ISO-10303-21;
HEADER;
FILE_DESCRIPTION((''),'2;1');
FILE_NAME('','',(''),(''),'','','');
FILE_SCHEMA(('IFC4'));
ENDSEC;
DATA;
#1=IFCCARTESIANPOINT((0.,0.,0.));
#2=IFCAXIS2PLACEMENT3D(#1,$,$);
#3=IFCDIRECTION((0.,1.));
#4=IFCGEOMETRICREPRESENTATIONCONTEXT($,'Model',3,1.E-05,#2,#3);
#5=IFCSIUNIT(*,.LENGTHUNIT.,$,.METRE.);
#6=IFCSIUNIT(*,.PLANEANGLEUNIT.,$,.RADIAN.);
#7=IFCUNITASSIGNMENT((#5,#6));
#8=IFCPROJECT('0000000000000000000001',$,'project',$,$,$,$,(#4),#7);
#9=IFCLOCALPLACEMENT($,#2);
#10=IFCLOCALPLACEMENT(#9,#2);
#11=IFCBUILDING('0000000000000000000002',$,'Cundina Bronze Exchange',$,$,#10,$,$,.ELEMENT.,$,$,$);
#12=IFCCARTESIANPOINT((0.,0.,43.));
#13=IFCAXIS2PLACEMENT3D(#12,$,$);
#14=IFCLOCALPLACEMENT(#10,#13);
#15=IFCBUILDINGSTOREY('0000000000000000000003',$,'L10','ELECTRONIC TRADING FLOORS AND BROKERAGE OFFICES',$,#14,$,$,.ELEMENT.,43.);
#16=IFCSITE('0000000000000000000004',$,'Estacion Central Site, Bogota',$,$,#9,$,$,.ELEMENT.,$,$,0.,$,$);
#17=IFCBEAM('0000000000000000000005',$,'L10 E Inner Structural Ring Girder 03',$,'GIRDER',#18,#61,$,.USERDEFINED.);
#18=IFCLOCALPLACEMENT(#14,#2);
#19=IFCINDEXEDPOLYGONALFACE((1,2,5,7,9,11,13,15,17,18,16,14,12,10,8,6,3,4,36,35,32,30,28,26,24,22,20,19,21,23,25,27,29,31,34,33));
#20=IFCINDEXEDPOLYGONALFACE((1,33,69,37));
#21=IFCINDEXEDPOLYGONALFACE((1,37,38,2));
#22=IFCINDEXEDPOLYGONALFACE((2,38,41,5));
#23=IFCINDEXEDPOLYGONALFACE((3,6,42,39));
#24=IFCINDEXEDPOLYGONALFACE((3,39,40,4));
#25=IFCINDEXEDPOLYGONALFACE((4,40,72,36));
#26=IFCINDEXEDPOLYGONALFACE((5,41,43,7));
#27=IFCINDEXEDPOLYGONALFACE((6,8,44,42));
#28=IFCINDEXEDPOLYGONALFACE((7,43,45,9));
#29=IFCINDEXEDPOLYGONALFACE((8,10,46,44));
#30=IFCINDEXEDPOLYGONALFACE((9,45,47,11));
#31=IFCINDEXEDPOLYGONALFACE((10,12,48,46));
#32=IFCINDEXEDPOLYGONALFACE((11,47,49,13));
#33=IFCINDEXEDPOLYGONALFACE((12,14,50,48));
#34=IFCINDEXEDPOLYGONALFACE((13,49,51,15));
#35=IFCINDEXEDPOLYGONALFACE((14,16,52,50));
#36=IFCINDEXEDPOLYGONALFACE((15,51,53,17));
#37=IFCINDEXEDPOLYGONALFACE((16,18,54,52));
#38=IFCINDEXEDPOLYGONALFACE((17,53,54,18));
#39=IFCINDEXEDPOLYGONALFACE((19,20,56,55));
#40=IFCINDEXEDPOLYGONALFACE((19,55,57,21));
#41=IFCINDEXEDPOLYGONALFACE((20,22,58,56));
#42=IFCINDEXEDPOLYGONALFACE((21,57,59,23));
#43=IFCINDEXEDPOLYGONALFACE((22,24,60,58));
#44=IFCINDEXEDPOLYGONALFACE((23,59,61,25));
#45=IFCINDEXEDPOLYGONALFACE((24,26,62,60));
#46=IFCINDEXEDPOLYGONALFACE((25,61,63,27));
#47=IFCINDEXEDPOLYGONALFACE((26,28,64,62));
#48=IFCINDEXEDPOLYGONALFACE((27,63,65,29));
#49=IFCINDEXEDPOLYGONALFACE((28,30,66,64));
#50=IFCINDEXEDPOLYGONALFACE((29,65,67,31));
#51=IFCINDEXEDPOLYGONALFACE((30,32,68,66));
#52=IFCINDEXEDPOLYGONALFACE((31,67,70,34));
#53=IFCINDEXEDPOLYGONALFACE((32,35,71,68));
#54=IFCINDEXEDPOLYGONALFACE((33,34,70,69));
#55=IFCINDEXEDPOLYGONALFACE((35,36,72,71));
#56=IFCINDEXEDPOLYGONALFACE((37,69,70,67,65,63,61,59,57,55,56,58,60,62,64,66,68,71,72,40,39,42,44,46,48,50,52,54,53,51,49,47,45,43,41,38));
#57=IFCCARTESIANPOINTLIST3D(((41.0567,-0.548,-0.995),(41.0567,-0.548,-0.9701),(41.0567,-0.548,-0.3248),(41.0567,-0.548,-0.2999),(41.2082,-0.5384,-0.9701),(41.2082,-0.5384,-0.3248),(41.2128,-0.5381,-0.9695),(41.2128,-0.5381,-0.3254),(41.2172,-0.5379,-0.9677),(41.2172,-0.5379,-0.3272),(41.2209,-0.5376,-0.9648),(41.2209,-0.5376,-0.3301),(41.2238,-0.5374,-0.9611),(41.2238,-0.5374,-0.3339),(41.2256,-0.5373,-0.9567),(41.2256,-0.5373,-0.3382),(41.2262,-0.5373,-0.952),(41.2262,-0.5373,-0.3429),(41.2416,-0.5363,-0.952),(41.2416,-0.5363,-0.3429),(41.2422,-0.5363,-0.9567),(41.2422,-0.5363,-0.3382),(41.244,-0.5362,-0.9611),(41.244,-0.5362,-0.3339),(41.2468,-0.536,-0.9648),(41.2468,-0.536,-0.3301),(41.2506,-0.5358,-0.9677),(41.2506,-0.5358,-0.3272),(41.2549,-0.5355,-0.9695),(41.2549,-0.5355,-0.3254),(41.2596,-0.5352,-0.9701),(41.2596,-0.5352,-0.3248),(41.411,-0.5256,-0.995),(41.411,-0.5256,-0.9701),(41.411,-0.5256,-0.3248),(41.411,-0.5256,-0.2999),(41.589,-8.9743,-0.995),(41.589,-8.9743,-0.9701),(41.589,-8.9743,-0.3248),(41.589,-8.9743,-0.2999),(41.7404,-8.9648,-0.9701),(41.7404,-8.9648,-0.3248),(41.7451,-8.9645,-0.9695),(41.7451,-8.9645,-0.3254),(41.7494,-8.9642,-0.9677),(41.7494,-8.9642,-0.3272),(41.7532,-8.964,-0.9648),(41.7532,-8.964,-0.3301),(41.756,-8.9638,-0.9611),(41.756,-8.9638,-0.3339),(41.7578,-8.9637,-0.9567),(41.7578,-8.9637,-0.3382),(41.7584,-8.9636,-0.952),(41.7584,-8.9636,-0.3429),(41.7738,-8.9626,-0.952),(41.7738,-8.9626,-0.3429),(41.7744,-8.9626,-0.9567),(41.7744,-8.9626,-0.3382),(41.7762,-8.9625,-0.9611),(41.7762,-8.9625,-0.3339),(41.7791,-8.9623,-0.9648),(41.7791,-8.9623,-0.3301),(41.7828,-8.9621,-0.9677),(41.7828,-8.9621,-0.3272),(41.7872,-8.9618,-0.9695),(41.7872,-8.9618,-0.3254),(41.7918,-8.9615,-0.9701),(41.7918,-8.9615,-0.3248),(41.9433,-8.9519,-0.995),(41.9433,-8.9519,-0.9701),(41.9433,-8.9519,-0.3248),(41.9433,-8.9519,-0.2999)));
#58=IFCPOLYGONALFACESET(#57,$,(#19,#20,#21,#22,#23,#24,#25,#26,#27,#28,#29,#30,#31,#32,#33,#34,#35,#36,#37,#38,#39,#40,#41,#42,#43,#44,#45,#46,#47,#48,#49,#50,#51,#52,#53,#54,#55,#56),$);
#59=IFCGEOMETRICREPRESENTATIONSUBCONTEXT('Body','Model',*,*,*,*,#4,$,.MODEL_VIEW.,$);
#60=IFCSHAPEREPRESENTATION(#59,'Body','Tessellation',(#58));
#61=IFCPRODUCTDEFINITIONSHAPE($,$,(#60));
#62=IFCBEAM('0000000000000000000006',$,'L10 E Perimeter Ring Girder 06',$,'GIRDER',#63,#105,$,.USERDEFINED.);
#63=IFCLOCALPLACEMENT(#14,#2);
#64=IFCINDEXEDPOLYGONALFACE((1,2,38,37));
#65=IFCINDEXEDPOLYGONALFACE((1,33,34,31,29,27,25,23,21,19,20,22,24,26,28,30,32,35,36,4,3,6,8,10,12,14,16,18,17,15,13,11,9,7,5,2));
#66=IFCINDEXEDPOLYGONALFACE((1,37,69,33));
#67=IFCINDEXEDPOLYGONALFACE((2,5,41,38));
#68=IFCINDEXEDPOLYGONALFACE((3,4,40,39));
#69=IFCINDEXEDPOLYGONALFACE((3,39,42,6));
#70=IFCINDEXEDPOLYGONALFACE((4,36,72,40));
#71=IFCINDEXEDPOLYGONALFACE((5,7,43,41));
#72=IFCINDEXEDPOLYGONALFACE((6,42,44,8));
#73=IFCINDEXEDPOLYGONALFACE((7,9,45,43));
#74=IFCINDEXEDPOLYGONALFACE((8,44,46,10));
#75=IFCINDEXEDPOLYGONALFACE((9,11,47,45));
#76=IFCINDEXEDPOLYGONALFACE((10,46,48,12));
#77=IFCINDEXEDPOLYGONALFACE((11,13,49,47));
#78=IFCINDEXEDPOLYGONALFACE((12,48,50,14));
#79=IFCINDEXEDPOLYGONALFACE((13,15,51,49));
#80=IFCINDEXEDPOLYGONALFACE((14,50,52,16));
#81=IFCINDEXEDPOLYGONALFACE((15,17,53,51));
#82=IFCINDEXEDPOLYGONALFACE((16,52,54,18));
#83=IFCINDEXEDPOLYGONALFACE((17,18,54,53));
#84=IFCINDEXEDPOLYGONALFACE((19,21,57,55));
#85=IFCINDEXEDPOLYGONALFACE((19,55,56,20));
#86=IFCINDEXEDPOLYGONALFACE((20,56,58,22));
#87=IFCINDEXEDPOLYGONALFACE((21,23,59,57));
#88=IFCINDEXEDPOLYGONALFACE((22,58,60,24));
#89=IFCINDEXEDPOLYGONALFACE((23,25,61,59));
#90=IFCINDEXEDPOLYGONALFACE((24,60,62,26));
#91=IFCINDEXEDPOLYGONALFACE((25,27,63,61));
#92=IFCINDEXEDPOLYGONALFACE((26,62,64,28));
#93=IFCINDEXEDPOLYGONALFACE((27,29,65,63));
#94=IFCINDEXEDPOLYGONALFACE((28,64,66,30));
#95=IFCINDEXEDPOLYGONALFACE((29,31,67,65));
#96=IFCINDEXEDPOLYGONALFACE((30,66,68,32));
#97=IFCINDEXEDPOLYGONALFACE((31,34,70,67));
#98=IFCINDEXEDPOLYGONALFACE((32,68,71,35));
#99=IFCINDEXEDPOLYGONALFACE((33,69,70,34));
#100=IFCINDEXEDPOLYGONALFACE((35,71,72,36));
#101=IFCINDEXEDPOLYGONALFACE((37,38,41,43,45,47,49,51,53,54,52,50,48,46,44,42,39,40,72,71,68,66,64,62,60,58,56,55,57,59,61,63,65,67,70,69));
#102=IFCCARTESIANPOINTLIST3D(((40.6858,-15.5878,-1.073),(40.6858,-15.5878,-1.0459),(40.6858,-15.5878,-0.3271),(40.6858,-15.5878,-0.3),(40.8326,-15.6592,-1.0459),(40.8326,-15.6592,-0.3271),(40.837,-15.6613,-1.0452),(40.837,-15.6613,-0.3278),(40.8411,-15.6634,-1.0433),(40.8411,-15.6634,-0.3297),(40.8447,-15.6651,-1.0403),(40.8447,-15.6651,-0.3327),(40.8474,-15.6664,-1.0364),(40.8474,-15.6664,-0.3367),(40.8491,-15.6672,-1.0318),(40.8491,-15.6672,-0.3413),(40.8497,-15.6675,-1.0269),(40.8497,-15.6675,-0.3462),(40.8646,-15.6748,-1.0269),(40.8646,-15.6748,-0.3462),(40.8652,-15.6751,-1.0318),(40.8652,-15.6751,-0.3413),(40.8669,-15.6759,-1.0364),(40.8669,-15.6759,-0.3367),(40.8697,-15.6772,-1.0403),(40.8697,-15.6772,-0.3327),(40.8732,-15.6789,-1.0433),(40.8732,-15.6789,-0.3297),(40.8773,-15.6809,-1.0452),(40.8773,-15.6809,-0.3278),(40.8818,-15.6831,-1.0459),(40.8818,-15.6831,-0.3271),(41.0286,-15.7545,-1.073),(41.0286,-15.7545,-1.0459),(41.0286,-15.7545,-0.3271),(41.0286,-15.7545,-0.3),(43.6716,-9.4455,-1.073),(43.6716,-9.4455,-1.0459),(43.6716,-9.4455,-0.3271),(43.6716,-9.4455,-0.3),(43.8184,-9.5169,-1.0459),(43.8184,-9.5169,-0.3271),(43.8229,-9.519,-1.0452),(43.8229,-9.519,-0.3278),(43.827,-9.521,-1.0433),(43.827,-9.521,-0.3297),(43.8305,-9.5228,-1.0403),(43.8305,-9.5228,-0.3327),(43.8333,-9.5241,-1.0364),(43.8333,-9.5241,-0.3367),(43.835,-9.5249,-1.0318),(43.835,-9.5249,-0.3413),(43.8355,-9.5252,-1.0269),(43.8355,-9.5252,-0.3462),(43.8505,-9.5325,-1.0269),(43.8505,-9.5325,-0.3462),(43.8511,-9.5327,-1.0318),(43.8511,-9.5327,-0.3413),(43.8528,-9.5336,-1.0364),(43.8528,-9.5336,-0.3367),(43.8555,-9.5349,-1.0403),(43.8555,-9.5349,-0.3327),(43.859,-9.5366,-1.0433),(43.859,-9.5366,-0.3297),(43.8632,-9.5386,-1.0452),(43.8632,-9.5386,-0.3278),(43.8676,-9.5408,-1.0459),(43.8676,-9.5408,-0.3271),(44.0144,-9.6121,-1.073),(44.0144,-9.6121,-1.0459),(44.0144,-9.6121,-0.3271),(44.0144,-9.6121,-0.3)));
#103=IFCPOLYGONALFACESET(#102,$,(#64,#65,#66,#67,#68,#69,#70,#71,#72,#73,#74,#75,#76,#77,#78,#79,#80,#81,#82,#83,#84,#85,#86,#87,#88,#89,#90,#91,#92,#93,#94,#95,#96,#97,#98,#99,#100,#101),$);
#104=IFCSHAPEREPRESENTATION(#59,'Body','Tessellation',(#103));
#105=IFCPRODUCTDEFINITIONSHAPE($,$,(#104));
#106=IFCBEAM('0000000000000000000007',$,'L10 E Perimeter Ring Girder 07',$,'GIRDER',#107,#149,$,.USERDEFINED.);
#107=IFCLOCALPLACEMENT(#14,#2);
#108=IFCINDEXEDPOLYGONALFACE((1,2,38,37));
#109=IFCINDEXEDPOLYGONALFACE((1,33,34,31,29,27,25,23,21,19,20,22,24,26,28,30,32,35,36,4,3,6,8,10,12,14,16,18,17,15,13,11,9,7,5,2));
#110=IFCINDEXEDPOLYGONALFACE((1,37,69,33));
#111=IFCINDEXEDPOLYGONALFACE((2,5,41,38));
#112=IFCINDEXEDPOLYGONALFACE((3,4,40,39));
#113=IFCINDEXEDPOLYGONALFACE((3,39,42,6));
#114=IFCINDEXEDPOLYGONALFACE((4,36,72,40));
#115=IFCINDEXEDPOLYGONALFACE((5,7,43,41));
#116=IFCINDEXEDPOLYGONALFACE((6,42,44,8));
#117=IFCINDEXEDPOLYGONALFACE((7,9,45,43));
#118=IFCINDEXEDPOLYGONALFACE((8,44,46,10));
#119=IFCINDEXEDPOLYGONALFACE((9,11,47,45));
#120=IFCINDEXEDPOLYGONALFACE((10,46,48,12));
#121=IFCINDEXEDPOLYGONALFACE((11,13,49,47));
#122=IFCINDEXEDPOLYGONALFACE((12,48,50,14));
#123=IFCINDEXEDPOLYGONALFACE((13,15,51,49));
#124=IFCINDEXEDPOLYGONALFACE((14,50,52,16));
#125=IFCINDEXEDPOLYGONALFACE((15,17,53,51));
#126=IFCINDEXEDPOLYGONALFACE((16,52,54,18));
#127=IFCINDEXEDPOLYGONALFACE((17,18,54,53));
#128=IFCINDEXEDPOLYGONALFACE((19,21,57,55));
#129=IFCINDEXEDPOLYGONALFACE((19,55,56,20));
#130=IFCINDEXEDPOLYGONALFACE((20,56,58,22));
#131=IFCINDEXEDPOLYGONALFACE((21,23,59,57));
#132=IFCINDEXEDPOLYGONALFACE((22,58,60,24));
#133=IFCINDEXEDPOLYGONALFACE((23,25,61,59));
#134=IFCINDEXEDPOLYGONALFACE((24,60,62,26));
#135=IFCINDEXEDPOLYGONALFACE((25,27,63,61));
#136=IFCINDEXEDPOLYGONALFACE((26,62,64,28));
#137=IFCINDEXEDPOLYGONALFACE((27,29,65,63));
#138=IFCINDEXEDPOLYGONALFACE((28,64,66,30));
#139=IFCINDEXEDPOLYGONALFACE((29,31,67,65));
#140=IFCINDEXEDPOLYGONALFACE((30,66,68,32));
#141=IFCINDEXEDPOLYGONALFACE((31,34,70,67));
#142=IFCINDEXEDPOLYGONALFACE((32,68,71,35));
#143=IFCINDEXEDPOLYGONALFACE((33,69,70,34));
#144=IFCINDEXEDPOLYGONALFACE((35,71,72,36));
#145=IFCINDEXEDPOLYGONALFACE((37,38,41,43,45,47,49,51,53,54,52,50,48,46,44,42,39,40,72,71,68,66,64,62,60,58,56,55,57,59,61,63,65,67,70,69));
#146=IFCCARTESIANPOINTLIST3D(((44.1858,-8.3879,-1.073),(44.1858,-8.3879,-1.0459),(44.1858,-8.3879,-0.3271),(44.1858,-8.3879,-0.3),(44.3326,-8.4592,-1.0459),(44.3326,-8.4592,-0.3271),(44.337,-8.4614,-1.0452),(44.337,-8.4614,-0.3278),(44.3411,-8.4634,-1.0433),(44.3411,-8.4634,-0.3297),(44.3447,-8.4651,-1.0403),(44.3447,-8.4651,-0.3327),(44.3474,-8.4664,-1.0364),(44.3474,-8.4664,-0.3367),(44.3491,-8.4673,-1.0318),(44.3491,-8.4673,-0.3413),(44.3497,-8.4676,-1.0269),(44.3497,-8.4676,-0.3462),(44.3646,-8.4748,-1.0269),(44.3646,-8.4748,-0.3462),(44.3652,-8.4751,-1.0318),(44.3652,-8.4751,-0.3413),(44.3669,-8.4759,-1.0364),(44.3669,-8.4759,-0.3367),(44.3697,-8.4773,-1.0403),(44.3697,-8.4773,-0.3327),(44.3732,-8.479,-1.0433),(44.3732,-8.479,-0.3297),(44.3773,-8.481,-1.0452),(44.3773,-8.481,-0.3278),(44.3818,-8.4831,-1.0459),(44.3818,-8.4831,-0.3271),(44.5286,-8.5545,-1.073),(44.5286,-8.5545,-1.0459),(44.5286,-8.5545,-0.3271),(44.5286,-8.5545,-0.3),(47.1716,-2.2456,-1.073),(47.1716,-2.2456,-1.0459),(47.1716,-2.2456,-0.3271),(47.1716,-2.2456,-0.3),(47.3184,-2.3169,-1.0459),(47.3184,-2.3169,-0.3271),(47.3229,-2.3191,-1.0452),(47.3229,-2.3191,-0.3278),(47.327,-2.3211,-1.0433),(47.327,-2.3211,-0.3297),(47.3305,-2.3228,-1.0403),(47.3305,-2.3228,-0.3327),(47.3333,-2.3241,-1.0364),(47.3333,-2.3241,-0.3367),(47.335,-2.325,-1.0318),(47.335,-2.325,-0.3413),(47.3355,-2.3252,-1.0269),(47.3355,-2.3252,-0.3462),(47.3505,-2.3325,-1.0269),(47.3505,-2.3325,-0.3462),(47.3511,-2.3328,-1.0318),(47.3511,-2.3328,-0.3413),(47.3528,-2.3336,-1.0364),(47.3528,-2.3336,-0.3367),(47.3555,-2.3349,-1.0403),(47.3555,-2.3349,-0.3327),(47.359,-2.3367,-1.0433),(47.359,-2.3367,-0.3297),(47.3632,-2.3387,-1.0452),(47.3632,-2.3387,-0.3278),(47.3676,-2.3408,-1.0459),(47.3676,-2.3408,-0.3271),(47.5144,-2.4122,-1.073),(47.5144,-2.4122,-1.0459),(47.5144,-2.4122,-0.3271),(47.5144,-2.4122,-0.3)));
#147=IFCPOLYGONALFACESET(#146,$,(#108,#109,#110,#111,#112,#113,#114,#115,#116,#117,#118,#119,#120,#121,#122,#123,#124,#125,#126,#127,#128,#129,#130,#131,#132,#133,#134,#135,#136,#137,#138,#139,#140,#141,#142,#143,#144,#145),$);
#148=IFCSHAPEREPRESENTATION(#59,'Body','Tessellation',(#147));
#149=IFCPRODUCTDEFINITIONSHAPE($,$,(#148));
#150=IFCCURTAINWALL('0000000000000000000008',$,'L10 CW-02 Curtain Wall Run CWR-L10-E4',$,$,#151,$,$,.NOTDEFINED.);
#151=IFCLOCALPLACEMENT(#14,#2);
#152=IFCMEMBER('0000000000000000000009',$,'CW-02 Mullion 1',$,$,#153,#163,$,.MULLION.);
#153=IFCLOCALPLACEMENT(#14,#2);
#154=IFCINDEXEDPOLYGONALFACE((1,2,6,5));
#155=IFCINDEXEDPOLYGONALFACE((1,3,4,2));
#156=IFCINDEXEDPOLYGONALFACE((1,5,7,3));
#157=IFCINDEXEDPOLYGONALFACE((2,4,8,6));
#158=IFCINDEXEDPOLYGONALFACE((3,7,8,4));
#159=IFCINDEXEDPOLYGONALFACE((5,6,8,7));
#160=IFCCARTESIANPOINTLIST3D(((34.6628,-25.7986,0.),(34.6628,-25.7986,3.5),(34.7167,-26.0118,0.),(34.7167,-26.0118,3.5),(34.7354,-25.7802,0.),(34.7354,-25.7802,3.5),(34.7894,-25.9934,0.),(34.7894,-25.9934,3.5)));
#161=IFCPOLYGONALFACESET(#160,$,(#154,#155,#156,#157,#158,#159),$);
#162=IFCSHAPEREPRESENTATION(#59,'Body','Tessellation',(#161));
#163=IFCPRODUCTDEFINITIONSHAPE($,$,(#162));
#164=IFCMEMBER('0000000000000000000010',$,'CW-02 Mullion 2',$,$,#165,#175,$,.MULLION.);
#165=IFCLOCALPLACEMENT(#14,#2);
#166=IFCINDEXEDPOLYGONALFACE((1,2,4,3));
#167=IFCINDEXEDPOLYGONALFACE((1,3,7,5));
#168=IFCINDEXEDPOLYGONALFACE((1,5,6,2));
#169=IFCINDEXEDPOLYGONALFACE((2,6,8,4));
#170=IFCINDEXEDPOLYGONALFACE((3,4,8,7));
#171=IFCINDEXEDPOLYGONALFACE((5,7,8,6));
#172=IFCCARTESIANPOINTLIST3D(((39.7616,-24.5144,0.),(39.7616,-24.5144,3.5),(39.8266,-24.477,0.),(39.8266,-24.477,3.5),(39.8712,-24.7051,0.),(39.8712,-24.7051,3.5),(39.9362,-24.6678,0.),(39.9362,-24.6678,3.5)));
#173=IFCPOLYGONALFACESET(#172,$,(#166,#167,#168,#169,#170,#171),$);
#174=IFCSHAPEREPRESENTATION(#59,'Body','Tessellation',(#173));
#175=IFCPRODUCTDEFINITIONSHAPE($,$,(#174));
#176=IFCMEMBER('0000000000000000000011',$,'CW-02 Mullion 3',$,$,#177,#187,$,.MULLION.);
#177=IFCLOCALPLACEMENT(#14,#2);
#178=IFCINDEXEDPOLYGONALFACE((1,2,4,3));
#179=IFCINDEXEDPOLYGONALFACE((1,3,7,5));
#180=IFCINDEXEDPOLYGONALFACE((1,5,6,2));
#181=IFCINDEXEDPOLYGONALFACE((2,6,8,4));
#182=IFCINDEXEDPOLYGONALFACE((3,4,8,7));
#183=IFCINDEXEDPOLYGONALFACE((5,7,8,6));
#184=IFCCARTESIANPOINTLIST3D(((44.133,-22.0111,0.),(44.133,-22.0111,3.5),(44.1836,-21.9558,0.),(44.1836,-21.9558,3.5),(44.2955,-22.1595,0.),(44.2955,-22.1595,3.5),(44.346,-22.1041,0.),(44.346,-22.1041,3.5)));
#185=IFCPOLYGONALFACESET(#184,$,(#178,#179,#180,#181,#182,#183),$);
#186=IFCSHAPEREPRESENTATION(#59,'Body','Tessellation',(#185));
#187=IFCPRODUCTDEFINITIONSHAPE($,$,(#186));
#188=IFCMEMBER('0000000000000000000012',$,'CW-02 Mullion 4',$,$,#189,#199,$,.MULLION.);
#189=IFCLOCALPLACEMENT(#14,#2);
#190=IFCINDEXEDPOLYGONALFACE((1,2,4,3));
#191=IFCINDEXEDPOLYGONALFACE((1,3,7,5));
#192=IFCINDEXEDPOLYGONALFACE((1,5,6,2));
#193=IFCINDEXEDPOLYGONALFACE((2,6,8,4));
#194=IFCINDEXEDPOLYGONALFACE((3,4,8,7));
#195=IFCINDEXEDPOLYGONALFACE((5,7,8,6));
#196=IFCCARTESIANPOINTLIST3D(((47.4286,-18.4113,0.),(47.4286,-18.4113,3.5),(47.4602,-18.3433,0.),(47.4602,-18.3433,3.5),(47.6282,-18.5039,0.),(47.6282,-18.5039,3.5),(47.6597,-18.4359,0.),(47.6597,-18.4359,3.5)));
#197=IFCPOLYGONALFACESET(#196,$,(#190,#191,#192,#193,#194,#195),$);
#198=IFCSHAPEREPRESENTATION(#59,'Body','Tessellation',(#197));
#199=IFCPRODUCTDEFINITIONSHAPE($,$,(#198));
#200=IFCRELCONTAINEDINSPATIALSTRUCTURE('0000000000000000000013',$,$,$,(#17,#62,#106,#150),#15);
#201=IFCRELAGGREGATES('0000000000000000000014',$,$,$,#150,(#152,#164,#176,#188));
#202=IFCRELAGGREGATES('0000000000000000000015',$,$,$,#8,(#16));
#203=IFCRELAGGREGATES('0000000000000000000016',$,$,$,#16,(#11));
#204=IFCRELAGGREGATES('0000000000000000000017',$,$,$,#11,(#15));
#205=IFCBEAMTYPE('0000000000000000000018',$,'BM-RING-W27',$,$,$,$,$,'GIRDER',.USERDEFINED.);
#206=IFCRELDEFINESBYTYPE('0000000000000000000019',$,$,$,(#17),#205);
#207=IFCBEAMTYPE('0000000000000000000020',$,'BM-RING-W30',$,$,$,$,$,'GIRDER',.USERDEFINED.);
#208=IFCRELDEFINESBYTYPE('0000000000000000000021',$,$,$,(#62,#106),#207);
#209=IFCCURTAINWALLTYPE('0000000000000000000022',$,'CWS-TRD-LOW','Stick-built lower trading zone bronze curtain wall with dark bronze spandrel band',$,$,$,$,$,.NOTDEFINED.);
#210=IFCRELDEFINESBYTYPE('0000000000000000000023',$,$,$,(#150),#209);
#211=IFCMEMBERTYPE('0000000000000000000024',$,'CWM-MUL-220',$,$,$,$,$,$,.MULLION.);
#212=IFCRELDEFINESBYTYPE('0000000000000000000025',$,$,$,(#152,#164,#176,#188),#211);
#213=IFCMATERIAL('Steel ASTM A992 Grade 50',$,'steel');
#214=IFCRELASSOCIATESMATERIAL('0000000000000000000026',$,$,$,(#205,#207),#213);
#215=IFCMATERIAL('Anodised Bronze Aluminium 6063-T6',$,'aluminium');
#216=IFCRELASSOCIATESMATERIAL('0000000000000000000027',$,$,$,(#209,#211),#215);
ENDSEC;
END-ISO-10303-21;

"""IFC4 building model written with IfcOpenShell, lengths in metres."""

from ifc_helpers import new_model, si_unit, direction, frame, origin, origin_2d, place, context, subcontext, project, spatial, rectangle, i_section, extrude, material, material_profile, profile_set, type_object, element, aggregate, save


model = new_model("IFC4")

# Units and contexts
model_context = context("Model", 3, precision=1e-05, world=origin(), true_north=direction((0.0, 1.0)))
body_context = subcontext(model_context, "Body", "Model", "MODEL_VIEW")
ifc_project = project(units=[si_unit("LENGTHUNIT", "METRE"), si_unit("PLANEANGLEUNIT", "RADIAN")], contexts=[model_context])

# Site, building, storey
site_placement = place(None, origin())
site = spatial("IfcSite", under=ifc_project, at=site_placement, Name="Estacion Central Site, Bogota", CompositionType="ELEMENT", RefElevation=0.0)
building_placement = place(site_placement, origin())
building = spatial("IfcBuilding", under=site, at=building_placement, Name="Cundina Bronze Exchange", CompositionType="ELEMENT")
storey_placement = place(building_placement, frame((0.0, 0.0, 43.0)))
storey = spatial("IfcBuildingStorey", under=building, at=storey_placement, Name="L10", Description="ELECTRONIC TRADING FLOORS AND BROKERAGE OFFICES", CompositionType="ELEMENT", Elevation=43.0)

# Beams
ifc_material_1 = material(Name="Steel ASTM A992 Grade 50", Category="steel")
ifc_material_profile_1 = material_profile(ifc_material_1, i_section(OverallWidth=0.355, OverallDepth=0.6951, WebThickness=0.0154, FlangeThickness=0.0249, FilletRadius=0.0181, at=origin_2d()), Name="W27X146", Category="steel")
ifc_profile_set_1 = profile_set([ifc_material_profile_1], Name="Steel ASTM A992 Grade 50")
beam_type_1 = type_object("IfcBeamType", Name="BM-RING-W27", ElementType="GIRDER", PredefinedType="USERDEFINED", material=ifc_profile_set_1)
beam_1_placement = place(storey_placement, frame((41.7661, -8.9631, -0.6475), z_axis=(-0.063037, 0.998011, 0.0), x_axis=(-0.998011, -0.063037, 0.0)))
element("IfcBeam", 1, at=beam_1_placement, inside=storey, type_object=beam_type_1, Name="L10 E Inner Structural Ring Girder 03", ObjectType="GIRDER", PredefinedType="USERDEFINED", context=body_context, shape_type="SweptSolid", body=[
    extrude(i_section(OverallWidth=0.355, OverallDepth=0.6951, WebThickness=0.0154, FlangeThickness=0.0249, FilletRadius=0.0181, at=origin_2d()), origin(), (0.0, 0.0, 1.0), 8.4431),
])
ifc_material_profile_2 = material_profile(ifc_material_1, i_section(OverallWidth=0.3811, OverallDepth=0.7729, WebThickness=0.0166, FlangeThickness=0.0271, FilletRadius=0.019, at=origin_2d()), Name="W30X173", Category="steel")
ifc_profile_set_2 = profile_set([ifc_material_profile_2], Name="Steel ASTM A992 Grade 50")
beam_type_2 = type_object("IfcBeamType", Name="BM-RING-W30", ElementType="GIRDER", PredefinedType="USERDEFINED", material=ifc_profile_set_2)
for number, where, z_axis, x_axis, name in (
    (2, (40.8572, -15.6711, -0.6865), (0.437191, 0.899369, 0.0), (-0.899369, 0.437191, 0.0), "L10 E Perimeter Ring Girder 06"),
    (3, (44.3572, -8.4712, -0.6865), (0.437191, 0.899369, 0.0), (-0.899369, 0.437191, 0.0), "L10 E Perimeter Ring Girder 07"),
):
    element("IfcBeam", number, at=place(storey_placement, frame(where, z_axis=z_axis, x_axis=x_axis)), inside=storey, type_object=beam_type_2, Name=name, ObjectType="GIRDER", PredefinedType="USERDEFINED", context=body_context, shape_type="SweptSolid", body=[
        extrude(i_section(OverallWidth=0.3811, OverallDepth=0.7729, WebThickness=0.0166, FlangeThickness=0.0271, FilletRadius=0.019, at=origin_2d()), origin(), (0.0, 0.0, 1.0), 6.8296),
    ])

# Curtain wall, members
ifc_material_2 = material(Name="Anodised Bronze Aluminium 6063-T6", Category="aluminium")
curtain_wall_type = type_object("IfcCurtainWallType", Name="CWS-TRD-LOW", Description="Stick-built lower trading zone bronze curtain wall with dark bronze spandrel band", PredefinedType="NOTDEFINED", material=ifc_material_2)
curtain_wall_placement = place(storey_placement, origin())
curtain_wall = element("IfcCurtainWall", 4, at=curtain_wall_placement, inside=storey, type_object=curtain_wall_type, Name="L10 CW-02 Curtain Wall Run CWR-L10-E4", PredefinedType="NOTDEFINED")
ifc_material_profile_3 = material_profile(ifc_material_2, rectangle(XDim=0.075, YDim=0.22, at=origin_2d()), Name="AL75X220", Category="aluminium")
ifc_profile_set_3 = profile_set([ifc_material_profile_3], Name="Anodised Bronze Aluminium 6063-T6")
member_type_1 = type_object("IfcMemberType", Name="CWM-MUL-220", PredefinedType="MULLION", material=ifc_profile_set_3)
member_1_placement = place(storey_placement, frame((34.7261, -25.896, 0.0), z_axis=(0.0, 0.0, 1.0), x_axis=(0.969488, 0.245138, 0.0)))
member_1 = element("IfcMember", 5, at=member_1_placement, type_object=member_type_1, Name="CW-02 Mullion 1", PredefinedType="MULLION", context=body_context, shape_type="SweptSolid", body=[
    extrude(rectangle(XDim=0.075, YDim=0.22, at=origin_2d()), origin(), (0.0, 0.0, 1.0), 3.5),
])
member_2_placement = place(storey_placement, frame((39.8489, -24.5911, 0.0), z_axis=(0.0, 0.0, 1.0), x_axis=(0.867071, 0.498185, 0.0)))
member_2 = element("IfcMember", 6, at=member_2_placement, type_object=member_type_1, Name="CW-02 Mullion 2", PredefinedType="MULLION", context=body_context, shape_type="SweptSolid", body=[
    extrude(rectangle(XDim=0.075, YDim=0.22, at=origin_2d()), origin(), (0.0, 0.0, 1.0), 3.5),
])
member_3_placement = place(storey_placement, frame((44.2395, -22.0576, 0.0), z_axis=(0.0, 0.0, 1.0), x_axis=(0.674302, 0.738455, 0.0)))
member_3 = element("IfcMember", 7, at=member_3_placement, type_object=member_type_1, Name="CW-02 Mullion 3", PredefinedType="MULLION", context=body_context, shape_type="SweptSolid", body=[
    extrude(rectangle(XDim=0.075, YDim=0.22, at=origin_2d()), origin(), (0.0, 0.0, 1.0), 3.5),
])
member_4_placement = place(storey_placement, frame((47.5442, -18.4236, 0.0), z_axis=(0.0, 0.0, 1.0), x_axis=(0.420877, 0.907117, 0.0)))
member_4 = element("IfcMember", 8, at=member_4_placement, type_object=member_type_1, Name="CW-02 Mullion 4", PredefinedType="MULLION", context=body_context, shape_type="SweptSolid", body=[
    extrude(rectangle(XDim=0.075, YDim=0.22, at=origin_2d()), origin(), (0.0, 0.0, 1.0), 3.5),
])
aggregate(curtain_wall, [member_1, member_2, member_3, member_4])

save(model, "model.ifc")
